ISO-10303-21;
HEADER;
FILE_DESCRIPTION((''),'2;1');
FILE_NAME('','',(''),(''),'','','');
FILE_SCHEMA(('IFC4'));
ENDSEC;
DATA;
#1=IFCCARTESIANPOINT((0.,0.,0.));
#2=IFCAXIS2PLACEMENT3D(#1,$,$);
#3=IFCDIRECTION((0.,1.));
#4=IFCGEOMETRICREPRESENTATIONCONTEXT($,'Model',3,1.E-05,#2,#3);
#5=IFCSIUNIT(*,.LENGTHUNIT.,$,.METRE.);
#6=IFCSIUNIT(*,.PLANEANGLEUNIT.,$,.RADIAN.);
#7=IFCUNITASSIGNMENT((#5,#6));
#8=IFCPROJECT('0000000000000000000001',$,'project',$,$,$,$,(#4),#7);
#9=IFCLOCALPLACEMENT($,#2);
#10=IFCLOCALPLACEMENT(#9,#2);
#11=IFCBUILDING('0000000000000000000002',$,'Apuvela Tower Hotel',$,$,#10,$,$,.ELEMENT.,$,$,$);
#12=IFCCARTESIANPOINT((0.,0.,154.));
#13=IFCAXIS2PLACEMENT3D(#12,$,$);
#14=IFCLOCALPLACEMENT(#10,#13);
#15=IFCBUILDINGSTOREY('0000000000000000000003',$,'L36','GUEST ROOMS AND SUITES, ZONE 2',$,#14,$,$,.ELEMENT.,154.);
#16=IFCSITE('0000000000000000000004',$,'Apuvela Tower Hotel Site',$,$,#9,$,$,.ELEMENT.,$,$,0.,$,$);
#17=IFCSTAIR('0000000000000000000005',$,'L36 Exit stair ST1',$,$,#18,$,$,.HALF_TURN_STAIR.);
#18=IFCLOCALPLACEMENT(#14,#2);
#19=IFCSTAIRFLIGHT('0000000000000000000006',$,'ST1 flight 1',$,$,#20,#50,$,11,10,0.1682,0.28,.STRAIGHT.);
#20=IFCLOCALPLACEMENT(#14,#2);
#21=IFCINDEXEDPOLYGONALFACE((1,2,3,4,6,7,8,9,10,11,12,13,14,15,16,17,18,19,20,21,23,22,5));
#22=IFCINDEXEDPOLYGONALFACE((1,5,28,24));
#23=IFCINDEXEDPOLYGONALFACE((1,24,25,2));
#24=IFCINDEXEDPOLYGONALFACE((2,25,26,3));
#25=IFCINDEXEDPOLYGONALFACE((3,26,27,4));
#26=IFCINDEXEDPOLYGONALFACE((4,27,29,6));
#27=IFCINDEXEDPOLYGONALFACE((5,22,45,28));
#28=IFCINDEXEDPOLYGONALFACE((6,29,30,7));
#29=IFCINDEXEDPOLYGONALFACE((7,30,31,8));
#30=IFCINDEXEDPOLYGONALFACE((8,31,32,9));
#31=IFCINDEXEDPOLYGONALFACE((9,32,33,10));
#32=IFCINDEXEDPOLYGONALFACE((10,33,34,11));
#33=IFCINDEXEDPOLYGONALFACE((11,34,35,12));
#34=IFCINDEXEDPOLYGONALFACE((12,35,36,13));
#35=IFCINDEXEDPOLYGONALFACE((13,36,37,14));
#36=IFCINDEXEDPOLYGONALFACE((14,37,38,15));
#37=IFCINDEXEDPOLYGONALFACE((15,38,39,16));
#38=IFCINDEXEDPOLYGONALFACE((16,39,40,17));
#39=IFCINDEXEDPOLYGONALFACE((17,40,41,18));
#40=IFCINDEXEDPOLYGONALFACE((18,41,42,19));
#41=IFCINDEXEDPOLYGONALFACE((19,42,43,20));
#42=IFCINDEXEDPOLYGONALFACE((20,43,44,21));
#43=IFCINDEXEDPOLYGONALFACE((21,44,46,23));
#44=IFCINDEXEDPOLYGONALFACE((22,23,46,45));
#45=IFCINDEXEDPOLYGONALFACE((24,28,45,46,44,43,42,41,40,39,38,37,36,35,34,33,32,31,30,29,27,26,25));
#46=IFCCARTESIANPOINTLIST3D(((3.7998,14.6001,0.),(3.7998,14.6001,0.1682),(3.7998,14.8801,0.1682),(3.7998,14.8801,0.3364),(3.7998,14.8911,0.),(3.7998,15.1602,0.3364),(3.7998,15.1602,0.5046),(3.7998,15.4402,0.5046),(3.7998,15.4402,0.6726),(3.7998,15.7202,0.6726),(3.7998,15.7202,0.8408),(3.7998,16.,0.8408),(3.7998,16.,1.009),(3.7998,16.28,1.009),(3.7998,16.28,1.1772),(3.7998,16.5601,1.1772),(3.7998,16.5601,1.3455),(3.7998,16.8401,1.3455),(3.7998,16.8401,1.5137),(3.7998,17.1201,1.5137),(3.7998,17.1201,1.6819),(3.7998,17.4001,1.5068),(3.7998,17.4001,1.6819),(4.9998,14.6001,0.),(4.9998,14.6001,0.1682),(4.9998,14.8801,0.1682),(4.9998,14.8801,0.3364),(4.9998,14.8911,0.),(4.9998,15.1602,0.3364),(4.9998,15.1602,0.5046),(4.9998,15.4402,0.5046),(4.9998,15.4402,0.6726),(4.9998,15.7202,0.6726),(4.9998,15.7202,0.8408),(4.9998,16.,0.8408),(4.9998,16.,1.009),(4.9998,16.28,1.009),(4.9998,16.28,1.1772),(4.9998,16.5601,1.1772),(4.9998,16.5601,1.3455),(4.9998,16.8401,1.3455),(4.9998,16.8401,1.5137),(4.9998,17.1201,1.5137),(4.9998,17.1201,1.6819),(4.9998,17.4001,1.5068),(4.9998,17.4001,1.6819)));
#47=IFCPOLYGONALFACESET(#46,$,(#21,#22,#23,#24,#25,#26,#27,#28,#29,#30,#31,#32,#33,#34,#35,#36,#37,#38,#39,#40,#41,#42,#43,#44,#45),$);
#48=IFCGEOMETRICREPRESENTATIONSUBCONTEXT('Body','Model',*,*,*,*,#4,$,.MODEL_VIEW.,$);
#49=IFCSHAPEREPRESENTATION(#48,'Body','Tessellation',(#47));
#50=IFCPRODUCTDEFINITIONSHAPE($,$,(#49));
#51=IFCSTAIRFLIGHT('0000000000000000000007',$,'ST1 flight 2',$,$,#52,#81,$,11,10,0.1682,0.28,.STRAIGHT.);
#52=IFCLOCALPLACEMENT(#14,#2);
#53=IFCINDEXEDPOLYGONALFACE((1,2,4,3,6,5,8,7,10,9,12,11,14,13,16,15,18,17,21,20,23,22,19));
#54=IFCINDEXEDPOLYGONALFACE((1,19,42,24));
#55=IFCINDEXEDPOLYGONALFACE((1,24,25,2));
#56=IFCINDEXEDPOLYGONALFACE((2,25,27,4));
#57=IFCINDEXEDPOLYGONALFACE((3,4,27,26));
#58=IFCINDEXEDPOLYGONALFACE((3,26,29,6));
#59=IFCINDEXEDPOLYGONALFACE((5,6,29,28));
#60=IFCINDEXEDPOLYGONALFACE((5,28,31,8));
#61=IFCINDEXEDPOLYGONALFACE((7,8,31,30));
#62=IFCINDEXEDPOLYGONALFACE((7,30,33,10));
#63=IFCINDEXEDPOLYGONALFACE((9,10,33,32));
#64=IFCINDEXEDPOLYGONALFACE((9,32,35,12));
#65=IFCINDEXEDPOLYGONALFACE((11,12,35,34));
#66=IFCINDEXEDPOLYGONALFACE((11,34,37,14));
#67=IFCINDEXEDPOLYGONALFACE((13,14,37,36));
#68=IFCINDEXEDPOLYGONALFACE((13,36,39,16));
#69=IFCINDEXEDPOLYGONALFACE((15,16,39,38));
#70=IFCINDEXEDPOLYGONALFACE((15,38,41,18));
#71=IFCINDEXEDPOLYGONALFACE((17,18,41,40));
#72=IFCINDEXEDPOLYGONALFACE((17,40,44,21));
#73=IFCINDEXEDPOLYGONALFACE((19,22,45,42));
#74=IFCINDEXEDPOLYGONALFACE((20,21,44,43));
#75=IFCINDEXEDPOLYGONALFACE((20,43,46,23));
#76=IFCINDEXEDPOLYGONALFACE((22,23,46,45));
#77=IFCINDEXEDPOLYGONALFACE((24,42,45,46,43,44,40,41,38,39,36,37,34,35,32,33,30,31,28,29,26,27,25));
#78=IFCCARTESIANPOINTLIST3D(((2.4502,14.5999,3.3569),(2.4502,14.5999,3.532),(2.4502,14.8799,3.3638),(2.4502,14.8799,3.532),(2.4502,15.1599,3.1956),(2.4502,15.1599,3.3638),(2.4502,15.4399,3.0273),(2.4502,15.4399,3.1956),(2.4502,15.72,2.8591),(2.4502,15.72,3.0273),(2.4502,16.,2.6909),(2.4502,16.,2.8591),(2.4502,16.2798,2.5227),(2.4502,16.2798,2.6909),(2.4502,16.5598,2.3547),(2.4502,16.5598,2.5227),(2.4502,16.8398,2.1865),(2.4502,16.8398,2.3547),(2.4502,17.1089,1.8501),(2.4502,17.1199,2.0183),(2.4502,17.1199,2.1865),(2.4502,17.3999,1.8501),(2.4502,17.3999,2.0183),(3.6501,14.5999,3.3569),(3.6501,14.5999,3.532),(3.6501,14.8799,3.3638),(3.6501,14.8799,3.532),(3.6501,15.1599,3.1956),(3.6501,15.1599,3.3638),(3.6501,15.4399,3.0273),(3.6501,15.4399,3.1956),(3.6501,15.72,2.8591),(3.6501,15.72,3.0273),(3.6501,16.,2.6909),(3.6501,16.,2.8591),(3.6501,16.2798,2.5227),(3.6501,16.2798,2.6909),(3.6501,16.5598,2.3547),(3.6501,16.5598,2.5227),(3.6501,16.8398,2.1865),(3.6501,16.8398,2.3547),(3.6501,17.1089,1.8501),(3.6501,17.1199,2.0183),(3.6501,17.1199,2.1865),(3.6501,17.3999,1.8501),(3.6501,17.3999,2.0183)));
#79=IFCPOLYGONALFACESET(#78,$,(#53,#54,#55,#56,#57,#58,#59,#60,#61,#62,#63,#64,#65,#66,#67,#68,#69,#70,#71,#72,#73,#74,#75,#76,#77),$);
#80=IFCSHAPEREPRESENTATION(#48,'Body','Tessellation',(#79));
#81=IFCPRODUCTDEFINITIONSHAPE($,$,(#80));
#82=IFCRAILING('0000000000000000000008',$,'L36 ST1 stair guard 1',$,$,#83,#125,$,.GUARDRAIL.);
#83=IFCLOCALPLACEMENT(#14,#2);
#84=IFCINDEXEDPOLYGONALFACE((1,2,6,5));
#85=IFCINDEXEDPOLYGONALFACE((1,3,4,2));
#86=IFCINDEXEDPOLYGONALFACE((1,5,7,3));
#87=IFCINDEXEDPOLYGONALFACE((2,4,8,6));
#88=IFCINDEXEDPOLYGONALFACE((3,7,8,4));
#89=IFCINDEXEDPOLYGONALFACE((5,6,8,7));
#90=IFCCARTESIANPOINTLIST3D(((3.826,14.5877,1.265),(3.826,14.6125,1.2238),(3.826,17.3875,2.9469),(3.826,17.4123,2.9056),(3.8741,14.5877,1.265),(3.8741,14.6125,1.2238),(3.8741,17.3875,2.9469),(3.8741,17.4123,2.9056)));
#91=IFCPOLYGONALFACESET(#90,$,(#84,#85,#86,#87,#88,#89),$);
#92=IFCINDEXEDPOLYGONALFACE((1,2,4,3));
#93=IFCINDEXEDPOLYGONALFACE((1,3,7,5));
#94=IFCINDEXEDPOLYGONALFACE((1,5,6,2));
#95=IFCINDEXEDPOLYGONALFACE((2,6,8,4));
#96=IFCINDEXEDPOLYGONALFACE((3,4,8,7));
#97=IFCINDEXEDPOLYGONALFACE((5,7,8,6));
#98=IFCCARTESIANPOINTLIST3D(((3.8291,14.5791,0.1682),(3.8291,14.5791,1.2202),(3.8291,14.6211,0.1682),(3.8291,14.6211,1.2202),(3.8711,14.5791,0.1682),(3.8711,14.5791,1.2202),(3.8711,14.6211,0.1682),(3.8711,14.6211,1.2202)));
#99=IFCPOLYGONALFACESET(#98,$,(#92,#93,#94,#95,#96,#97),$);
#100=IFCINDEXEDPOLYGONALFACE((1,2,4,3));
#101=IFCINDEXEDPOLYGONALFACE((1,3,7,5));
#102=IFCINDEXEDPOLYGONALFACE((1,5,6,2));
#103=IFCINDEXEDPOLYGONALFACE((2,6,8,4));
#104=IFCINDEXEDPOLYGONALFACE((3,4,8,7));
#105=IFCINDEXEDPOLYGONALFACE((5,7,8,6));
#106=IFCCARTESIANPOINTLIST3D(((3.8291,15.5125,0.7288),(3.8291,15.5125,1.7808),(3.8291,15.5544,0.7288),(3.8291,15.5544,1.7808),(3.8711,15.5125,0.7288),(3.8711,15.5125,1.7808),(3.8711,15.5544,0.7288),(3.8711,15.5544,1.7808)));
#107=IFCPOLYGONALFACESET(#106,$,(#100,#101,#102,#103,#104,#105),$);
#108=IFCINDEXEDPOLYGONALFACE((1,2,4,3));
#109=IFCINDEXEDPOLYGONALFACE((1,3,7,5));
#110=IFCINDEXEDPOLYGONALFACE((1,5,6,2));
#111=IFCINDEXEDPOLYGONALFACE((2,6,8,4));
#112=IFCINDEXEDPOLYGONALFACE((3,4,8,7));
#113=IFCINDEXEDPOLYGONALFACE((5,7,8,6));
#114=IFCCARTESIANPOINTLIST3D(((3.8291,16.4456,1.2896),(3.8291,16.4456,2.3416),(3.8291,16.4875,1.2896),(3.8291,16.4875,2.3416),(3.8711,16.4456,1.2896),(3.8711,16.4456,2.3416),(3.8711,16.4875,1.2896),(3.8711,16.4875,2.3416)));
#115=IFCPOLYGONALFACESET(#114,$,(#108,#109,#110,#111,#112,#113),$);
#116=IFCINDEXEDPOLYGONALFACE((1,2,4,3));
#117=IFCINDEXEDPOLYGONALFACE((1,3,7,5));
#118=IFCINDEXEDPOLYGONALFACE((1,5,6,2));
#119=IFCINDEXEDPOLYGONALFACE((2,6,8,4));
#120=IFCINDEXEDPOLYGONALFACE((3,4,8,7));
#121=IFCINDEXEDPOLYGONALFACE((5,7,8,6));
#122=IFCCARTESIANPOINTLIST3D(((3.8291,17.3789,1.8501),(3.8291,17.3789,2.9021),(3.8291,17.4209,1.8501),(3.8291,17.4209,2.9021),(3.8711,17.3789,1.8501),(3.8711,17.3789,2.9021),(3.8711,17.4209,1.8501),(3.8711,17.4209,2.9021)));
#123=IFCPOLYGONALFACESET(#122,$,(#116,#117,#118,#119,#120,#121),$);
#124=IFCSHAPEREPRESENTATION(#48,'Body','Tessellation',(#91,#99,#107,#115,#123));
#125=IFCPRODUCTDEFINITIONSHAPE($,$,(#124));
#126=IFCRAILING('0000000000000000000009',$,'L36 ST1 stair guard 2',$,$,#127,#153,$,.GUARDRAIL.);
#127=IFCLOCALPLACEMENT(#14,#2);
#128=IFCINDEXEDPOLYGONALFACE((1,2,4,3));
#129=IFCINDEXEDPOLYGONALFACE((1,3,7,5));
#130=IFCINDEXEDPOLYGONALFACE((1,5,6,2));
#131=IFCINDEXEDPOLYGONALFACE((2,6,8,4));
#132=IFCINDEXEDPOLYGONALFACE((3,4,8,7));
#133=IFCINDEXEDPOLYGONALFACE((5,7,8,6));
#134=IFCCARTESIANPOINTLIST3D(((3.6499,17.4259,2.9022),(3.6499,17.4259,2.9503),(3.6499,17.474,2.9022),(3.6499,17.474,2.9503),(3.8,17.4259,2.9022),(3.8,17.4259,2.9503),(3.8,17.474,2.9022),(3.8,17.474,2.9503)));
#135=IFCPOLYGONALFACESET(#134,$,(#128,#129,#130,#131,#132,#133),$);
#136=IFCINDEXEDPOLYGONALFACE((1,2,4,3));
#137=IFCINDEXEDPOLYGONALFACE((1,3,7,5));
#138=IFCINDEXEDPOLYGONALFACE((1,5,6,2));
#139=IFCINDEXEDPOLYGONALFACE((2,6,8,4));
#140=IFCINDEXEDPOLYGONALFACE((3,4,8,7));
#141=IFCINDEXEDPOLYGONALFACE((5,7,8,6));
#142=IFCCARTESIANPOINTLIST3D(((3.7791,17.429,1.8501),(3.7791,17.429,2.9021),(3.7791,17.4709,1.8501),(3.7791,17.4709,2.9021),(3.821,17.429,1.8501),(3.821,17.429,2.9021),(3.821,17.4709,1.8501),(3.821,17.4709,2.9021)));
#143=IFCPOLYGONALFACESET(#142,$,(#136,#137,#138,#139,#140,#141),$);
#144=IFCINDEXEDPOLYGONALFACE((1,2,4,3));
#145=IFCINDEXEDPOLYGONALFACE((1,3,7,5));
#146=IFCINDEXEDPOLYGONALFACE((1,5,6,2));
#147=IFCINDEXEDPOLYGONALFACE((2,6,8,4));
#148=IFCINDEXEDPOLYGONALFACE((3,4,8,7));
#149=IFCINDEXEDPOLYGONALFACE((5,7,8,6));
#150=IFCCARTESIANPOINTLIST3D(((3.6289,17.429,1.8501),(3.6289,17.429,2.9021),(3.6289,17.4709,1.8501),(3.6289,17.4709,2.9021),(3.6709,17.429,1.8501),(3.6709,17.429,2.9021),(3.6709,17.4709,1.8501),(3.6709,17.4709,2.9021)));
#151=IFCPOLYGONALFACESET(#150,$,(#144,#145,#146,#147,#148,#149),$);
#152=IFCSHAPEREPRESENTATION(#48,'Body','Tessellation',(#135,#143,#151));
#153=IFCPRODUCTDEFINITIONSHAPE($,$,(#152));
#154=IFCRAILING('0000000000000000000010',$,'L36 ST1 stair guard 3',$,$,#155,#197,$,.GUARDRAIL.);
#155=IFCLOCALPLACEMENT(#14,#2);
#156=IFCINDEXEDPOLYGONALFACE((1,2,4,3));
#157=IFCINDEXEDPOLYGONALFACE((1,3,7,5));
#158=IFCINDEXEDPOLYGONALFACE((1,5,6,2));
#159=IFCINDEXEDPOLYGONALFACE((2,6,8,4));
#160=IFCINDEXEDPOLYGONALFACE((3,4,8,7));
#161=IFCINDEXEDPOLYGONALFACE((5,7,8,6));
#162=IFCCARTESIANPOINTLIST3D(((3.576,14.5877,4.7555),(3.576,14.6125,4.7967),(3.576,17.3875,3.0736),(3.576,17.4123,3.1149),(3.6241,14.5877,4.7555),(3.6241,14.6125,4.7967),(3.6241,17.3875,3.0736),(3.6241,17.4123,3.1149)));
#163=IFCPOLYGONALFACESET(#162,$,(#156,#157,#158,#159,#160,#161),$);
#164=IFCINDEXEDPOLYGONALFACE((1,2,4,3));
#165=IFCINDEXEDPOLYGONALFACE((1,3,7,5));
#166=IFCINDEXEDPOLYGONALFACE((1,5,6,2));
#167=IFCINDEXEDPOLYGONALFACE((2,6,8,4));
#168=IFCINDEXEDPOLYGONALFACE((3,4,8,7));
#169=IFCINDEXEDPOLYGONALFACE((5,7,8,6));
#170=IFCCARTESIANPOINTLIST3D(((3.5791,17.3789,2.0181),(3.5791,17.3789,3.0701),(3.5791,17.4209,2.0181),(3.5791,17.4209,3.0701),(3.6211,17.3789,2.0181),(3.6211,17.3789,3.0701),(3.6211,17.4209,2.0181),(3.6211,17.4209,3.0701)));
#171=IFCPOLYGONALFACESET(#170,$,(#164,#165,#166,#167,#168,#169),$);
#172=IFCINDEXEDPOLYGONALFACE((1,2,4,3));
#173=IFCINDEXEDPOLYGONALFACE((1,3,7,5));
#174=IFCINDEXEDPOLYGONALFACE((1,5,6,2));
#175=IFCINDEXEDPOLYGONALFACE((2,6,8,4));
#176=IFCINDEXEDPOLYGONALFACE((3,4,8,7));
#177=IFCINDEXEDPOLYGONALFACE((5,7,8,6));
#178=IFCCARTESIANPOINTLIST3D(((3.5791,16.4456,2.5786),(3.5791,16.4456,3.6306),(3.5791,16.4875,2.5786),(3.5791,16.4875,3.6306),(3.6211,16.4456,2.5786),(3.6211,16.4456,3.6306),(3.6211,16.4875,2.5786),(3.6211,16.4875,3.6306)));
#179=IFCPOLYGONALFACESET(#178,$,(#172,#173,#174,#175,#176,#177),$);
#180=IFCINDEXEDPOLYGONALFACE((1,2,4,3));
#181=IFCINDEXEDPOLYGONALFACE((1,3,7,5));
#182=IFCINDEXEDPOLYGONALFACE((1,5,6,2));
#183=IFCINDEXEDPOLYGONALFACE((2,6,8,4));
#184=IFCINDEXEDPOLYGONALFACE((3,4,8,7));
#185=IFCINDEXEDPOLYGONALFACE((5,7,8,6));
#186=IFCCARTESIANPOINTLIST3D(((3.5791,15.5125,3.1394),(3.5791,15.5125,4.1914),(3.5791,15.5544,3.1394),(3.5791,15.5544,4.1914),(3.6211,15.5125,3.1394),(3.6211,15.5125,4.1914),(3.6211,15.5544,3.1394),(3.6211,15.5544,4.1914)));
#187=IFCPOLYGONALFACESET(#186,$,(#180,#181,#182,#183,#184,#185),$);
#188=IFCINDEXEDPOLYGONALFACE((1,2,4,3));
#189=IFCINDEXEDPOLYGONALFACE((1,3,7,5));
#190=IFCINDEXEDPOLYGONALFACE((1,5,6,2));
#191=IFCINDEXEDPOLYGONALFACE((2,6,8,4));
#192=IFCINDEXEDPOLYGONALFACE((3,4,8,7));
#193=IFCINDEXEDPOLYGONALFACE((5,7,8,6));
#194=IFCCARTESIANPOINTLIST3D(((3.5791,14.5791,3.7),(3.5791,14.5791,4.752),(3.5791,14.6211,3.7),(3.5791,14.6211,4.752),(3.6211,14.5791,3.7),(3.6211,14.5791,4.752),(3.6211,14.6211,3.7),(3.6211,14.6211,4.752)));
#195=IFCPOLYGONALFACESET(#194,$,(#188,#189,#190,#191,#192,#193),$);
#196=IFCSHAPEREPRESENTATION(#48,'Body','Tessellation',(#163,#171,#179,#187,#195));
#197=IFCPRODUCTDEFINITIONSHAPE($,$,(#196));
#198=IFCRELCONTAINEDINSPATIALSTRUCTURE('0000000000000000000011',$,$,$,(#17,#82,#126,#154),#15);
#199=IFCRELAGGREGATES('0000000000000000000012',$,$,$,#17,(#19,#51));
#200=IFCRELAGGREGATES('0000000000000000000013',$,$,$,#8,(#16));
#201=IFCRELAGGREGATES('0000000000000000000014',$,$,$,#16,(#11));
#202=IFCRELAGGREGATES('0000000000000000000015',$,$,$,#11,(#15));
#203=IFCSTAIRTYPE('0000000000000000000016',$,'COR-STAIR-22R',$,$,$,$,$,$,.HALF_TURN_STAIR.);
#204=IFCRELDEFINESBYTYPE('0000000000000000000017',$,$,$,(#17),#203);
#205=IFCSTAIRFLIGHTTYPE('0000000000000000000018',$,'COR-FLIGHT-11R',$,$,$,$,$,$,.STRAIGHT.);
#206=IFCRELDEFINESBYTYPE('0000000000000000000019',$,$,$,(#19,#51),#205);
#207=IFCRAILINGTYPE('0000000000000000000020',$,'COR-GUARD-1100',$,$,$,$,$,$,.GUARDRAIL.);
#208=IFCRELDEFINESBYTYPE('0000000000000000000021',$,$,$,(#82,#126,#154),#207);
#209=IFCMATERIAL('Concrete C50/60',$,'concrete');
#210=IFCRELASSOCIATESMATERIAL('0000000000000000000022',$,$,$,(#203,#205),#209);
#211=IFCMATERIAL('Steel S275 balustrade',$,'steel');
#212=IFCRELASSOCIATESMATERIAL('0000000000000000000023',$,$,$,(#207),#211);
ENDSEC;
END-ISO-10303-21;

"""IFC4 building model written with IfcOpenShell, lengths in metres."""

from ifc_helpers import new_model, si_unit, direction, frame, origin, origin_2d, place, context, subcontext, project, spatial, polyline, rectangle, outline, extrude, material, type_object, element, aggregate, save


model = new_model("IFC4")

# Units and contexts
model_context = context("Model", 3, precision=1e-05, world=origin(), true_north=direction((0.0, 1.0)))
body_context = subcontext(model_context, "Body", "Model", "MODEL_VIEW")
ifc_project = project(units=[si_unit("LENGTHUNIT", "METRE"), si_unit("PLANEANGLEUNIT", "RADIAN")], contexts=[model_context])

# Site, building, storey
site_placement = place(None, origin())
site = spatial("IfcSite", under=ifc_project, at=site_placement, Name="Apuvela Tower Hotel Site", CompositionType="ELEMENT", RefElevation=0.0)
building_placement = place(site_placement, origin())
building = spatial("IfcBuilding", under=site, at=building_placement, Name="Apuvela Tower Hotel", CompositionType="ELEMENT")
storey_placement = place(building_placement, frame((0.0, 0.0, 154.0)))
storey = spatial("IfcBuildingStorey", under=building, at=storey_placement, Name="L36", Description="GUEST ROOMS AND SUITES, ZONE 2", CompositionType="ELEMENT", Elevation=154.0)

# Shared definitions
ifc_material_1 = material(Name="Concrete C50/60", Category="concrete")

# Stair, stair flights
stair_type = type_object("IfcStairType", Name="COR-STAIR-22R", PredefinedType="HALF_TURN_STAIR", material=ifc_material_1)
stair_placement = place(storey_placement, origin())
stair = element("IfcStair", 1, at=stair_placement, inside=storey, type_object=stair_type, Name="L36 Exit stair ST1", PredefinedType="HALF_TURN_STAIR")
stair_flight_type = type_object("IfcStairFlightType", Name="COR-FLIGHT-11R", PredefinedType="STRAIGHT", material=ifc_material_1)
stair_flight_1_placement = place(storey_placement, frame((4.3999, 14.6001, 0.0), z_axis=(0.0, 0.0, 1.0), x_axis=(0.0, 1.0, 0.0)))
stair_flight_1 = element("IfcStairFlight", 2, at=stair_flight_1_placement, type_object=stair_flight_type, Name="ST1 flight 1", NumberOfRisers=11, NumberOfTreads=10, PredefinedType="STRAIGHT", RiserHeight=0.1682, TreadLength=0.28, context=body_context, shape_type="SweptSolid", body=[
    extrude(outline(polyline([(0.0, 0.0), (0.0, 0.1682), (0.28, 0.1682), (0.28, 0.3364), (0.5601, 0.3364), (0.5601, 0.5046), (0.8401, 0.5046), (0.8401, 0.6726), (1.1201, 0.6726), (1.1201, 0.8408), (1.3999, 0.8408), (1.3999, 1.009), (1.6799, 1.009), (1.6799, 1.1772), (1.96, 1.1772), (1.96, 1.3455), (2.24, 1.3455), (2.24, 1.5137), (2.52, 1.5137), (2.52, 1.6819), (2.8, 1.6819), (2.8, 1.8501), (2.8, 1.5068), (0.291, 0.0), (0.0, 0.0)])), frame((0.0, 0.6001, 0.0), z_axis=(0.0, -1.0, 0.0), x_axis=(1.0, 0.0, 0.0)), (0.0, 0.0, 1.0), 1.2),
])
stair_flight_2_placement = place(storey_placement, frame((3.05, 17.3999, 1.8501), z_axis=(0.0, 0.0, 1.0), x_axis=(0.0, -1.0, 0.0)))
stair_flight_2 = element("IfcStairFlight", 3, at=stair_flight_2_placement, type_object=stair_flight_type, Name="ST1 flight 2", NumberOfRisers=11, NumberOfTreads=10, PredefinedType="STRAIGHT", RiserHeight=0.1682, TreadLength=0.28, context=body_context, shape_type="SweptSolid", body=[
    extrude(outline(polyline([(0.0, 0.0), (0.0, 0.1682), (0.28, 0.1682), (0.28, 0.3364), (0.5601, 0.3364), (0.5601, 0.5046), (0.8401, 0.5046), (0.8401, 0.6726), (1.1201, 0.6726), (1.1201, 0.8408), (1.3999, 0.8408), (1.3999, 1.009), (1.6799, 1.009), (1.6799, 1.1772), (1.96, 1.1772), (1.96, 1.3455), (2.24, 1.3455), (2.24, 1.5137), (2.52, 1.5137), (2.52, 1.6819), (2.8, 1.6819), (2.8, 1.8501), (2.8, 1.5068), (0.291, 0.0), (0.0, 0.0)])), frame((0.0, 0.6001, 0.0), z_axis=(0.0, -1.0, 0.0), x_axis=(1.0, 0.0, 0.0)), (0.0, 0.0, 1.0), 1.2),
])
aggregate(stair, [stair_flight_1, stair_flight_2])

# Railings
ifc_material_2 = material(Name="Steel S275 balustrade", Category="steel")
railing_type_1 = type_object("IfcRailingType", Name="COR-GUARD-1100", PredefinedType="GUARDRAIL", material=ifc_material_2)
railing_1_placement = place(storey_placement, frame((3.8501, 14.6001, 0.1682)))
element("IfcRailing", 4, at=railing_1_placement, inside=storey, type_object=railing_type_1, Name="L36 ST1 stair guard 1", PredefinedType="GUARDRAIL", context=body_context, shape_type="SweptSolid", body=[
    extrude(rectangle(XDim=0.0481, YDim=0.0481, at=origin_2d()), frame((0.0, 0.0, 1.0762), z_axis=(0.0, 0.857222, 0.514946), x_axis=(-1.0, 0.0, 0.0)), (0.0, 0.0, 1.0), 3.2661),
    extrude(rectangle(XDim=0.042, YDim=0.042, at=origin_2d()), origin(), (0.0, 0.0, 1.0), 1.052),
    extrude(rectangle(XDim=0.042, YDim=0.042, at=origin_2d()), frame((0.0, 0.9333, 0.5605)), (0.0, 0.0, 1.0), 1.052),
    extrude(rectangle(XDim=0.042, YDim=0.042, at=origin_2d()), frame((0.0, 1.8665, 1.1213)), (0.0, 0.0, 1.0), 1.052),
    extrude(rectangle(XDim=0.042, YDim=0.042, at=origin_2d()), frame((0.0, 2.7998, 1.6819)), (0.0, 0.0, 1.0), 1.052),
])
railing_2_placement = place(storey_placement, frame((3.8, 17.45, 1.8501)))
element("IfcRailing", 5, at=railing_2_placement, inside=storey, type_object=railing_type_1, Name="L36 ST1 stair guard 2", PredefinedType="GUARDRAIL", context=body_context, shape_type="SweptSolid", body=[
    extrude(rectangle(XDim=0.0481, YDim=0.0481, at=origin_2d()), frame((0.0, 0.0, 1.0762), z_axis=(-1.0, 0.0, 0.0), x_axis=(0.0, -1.0, 0.0)), (0.0, 0.0, 1.0), 0.1501),
    extrude(rectangle(XDim=0.042, YDim=0.042, at=origin_2d()), origin(), (0.0, 0.0, 1.0), 1.052),
    extrude(rectangle(XDim=0.042, YDim=0.042, at=origin_2d()), frame((-0.1501, 0.0, 0.0)), (0.0, 0.0, 1.0), 1.052),
])
railing_3_placement = place(storey_placement, frame((3.6001, 17.3999, 2.0181)))
element("IfcRailing", 6, at=railing_3_placement, inside=storey, type_object=railing_type_1, Name="L36 ST1 stair guard 3", PredefinedType="GUARDRAIL", context=body_context, shape_type="SweptSolid", body=[
    extrude(rectangle(XDim=0.0481, YDim=0.0481, at=origin_2d()), frame((0.0, 0.0, 1.0762), z_axis=(0.0, -0.857222, 0.514946), x_axis=(1.0, 0.0, 0.0)), (0.0, 0.0, 1.0), 3.2661),
    extrude(rectangle(XDim=0.042, YDim=0.042, at=origin_2d()), origin(), (0.0, 0.0, 1.0), 1.052),
    extrude(rectangle(XDim=0.042, YDim=0.042, at=origin_2d()), frame((0.0, -0.9333, 0.5605)), (0.0, 0.0, 1.0), 1.052),
    extrude(rectangle(XDim=0.042, YDim=0.042, at=origin_2d()), frame((0.0, -1.8665, 1.1213)), (0.0, 0.0, 1.0), 1.052),
    extrude(rectangle(XDim=0.042, YDim=0.042, at=origin_2d()), frame((0.0, -2.7998, 1.6819)), (0.0, 0.0, 1.0), 1.052),
])

save(model, "model.ifc")
